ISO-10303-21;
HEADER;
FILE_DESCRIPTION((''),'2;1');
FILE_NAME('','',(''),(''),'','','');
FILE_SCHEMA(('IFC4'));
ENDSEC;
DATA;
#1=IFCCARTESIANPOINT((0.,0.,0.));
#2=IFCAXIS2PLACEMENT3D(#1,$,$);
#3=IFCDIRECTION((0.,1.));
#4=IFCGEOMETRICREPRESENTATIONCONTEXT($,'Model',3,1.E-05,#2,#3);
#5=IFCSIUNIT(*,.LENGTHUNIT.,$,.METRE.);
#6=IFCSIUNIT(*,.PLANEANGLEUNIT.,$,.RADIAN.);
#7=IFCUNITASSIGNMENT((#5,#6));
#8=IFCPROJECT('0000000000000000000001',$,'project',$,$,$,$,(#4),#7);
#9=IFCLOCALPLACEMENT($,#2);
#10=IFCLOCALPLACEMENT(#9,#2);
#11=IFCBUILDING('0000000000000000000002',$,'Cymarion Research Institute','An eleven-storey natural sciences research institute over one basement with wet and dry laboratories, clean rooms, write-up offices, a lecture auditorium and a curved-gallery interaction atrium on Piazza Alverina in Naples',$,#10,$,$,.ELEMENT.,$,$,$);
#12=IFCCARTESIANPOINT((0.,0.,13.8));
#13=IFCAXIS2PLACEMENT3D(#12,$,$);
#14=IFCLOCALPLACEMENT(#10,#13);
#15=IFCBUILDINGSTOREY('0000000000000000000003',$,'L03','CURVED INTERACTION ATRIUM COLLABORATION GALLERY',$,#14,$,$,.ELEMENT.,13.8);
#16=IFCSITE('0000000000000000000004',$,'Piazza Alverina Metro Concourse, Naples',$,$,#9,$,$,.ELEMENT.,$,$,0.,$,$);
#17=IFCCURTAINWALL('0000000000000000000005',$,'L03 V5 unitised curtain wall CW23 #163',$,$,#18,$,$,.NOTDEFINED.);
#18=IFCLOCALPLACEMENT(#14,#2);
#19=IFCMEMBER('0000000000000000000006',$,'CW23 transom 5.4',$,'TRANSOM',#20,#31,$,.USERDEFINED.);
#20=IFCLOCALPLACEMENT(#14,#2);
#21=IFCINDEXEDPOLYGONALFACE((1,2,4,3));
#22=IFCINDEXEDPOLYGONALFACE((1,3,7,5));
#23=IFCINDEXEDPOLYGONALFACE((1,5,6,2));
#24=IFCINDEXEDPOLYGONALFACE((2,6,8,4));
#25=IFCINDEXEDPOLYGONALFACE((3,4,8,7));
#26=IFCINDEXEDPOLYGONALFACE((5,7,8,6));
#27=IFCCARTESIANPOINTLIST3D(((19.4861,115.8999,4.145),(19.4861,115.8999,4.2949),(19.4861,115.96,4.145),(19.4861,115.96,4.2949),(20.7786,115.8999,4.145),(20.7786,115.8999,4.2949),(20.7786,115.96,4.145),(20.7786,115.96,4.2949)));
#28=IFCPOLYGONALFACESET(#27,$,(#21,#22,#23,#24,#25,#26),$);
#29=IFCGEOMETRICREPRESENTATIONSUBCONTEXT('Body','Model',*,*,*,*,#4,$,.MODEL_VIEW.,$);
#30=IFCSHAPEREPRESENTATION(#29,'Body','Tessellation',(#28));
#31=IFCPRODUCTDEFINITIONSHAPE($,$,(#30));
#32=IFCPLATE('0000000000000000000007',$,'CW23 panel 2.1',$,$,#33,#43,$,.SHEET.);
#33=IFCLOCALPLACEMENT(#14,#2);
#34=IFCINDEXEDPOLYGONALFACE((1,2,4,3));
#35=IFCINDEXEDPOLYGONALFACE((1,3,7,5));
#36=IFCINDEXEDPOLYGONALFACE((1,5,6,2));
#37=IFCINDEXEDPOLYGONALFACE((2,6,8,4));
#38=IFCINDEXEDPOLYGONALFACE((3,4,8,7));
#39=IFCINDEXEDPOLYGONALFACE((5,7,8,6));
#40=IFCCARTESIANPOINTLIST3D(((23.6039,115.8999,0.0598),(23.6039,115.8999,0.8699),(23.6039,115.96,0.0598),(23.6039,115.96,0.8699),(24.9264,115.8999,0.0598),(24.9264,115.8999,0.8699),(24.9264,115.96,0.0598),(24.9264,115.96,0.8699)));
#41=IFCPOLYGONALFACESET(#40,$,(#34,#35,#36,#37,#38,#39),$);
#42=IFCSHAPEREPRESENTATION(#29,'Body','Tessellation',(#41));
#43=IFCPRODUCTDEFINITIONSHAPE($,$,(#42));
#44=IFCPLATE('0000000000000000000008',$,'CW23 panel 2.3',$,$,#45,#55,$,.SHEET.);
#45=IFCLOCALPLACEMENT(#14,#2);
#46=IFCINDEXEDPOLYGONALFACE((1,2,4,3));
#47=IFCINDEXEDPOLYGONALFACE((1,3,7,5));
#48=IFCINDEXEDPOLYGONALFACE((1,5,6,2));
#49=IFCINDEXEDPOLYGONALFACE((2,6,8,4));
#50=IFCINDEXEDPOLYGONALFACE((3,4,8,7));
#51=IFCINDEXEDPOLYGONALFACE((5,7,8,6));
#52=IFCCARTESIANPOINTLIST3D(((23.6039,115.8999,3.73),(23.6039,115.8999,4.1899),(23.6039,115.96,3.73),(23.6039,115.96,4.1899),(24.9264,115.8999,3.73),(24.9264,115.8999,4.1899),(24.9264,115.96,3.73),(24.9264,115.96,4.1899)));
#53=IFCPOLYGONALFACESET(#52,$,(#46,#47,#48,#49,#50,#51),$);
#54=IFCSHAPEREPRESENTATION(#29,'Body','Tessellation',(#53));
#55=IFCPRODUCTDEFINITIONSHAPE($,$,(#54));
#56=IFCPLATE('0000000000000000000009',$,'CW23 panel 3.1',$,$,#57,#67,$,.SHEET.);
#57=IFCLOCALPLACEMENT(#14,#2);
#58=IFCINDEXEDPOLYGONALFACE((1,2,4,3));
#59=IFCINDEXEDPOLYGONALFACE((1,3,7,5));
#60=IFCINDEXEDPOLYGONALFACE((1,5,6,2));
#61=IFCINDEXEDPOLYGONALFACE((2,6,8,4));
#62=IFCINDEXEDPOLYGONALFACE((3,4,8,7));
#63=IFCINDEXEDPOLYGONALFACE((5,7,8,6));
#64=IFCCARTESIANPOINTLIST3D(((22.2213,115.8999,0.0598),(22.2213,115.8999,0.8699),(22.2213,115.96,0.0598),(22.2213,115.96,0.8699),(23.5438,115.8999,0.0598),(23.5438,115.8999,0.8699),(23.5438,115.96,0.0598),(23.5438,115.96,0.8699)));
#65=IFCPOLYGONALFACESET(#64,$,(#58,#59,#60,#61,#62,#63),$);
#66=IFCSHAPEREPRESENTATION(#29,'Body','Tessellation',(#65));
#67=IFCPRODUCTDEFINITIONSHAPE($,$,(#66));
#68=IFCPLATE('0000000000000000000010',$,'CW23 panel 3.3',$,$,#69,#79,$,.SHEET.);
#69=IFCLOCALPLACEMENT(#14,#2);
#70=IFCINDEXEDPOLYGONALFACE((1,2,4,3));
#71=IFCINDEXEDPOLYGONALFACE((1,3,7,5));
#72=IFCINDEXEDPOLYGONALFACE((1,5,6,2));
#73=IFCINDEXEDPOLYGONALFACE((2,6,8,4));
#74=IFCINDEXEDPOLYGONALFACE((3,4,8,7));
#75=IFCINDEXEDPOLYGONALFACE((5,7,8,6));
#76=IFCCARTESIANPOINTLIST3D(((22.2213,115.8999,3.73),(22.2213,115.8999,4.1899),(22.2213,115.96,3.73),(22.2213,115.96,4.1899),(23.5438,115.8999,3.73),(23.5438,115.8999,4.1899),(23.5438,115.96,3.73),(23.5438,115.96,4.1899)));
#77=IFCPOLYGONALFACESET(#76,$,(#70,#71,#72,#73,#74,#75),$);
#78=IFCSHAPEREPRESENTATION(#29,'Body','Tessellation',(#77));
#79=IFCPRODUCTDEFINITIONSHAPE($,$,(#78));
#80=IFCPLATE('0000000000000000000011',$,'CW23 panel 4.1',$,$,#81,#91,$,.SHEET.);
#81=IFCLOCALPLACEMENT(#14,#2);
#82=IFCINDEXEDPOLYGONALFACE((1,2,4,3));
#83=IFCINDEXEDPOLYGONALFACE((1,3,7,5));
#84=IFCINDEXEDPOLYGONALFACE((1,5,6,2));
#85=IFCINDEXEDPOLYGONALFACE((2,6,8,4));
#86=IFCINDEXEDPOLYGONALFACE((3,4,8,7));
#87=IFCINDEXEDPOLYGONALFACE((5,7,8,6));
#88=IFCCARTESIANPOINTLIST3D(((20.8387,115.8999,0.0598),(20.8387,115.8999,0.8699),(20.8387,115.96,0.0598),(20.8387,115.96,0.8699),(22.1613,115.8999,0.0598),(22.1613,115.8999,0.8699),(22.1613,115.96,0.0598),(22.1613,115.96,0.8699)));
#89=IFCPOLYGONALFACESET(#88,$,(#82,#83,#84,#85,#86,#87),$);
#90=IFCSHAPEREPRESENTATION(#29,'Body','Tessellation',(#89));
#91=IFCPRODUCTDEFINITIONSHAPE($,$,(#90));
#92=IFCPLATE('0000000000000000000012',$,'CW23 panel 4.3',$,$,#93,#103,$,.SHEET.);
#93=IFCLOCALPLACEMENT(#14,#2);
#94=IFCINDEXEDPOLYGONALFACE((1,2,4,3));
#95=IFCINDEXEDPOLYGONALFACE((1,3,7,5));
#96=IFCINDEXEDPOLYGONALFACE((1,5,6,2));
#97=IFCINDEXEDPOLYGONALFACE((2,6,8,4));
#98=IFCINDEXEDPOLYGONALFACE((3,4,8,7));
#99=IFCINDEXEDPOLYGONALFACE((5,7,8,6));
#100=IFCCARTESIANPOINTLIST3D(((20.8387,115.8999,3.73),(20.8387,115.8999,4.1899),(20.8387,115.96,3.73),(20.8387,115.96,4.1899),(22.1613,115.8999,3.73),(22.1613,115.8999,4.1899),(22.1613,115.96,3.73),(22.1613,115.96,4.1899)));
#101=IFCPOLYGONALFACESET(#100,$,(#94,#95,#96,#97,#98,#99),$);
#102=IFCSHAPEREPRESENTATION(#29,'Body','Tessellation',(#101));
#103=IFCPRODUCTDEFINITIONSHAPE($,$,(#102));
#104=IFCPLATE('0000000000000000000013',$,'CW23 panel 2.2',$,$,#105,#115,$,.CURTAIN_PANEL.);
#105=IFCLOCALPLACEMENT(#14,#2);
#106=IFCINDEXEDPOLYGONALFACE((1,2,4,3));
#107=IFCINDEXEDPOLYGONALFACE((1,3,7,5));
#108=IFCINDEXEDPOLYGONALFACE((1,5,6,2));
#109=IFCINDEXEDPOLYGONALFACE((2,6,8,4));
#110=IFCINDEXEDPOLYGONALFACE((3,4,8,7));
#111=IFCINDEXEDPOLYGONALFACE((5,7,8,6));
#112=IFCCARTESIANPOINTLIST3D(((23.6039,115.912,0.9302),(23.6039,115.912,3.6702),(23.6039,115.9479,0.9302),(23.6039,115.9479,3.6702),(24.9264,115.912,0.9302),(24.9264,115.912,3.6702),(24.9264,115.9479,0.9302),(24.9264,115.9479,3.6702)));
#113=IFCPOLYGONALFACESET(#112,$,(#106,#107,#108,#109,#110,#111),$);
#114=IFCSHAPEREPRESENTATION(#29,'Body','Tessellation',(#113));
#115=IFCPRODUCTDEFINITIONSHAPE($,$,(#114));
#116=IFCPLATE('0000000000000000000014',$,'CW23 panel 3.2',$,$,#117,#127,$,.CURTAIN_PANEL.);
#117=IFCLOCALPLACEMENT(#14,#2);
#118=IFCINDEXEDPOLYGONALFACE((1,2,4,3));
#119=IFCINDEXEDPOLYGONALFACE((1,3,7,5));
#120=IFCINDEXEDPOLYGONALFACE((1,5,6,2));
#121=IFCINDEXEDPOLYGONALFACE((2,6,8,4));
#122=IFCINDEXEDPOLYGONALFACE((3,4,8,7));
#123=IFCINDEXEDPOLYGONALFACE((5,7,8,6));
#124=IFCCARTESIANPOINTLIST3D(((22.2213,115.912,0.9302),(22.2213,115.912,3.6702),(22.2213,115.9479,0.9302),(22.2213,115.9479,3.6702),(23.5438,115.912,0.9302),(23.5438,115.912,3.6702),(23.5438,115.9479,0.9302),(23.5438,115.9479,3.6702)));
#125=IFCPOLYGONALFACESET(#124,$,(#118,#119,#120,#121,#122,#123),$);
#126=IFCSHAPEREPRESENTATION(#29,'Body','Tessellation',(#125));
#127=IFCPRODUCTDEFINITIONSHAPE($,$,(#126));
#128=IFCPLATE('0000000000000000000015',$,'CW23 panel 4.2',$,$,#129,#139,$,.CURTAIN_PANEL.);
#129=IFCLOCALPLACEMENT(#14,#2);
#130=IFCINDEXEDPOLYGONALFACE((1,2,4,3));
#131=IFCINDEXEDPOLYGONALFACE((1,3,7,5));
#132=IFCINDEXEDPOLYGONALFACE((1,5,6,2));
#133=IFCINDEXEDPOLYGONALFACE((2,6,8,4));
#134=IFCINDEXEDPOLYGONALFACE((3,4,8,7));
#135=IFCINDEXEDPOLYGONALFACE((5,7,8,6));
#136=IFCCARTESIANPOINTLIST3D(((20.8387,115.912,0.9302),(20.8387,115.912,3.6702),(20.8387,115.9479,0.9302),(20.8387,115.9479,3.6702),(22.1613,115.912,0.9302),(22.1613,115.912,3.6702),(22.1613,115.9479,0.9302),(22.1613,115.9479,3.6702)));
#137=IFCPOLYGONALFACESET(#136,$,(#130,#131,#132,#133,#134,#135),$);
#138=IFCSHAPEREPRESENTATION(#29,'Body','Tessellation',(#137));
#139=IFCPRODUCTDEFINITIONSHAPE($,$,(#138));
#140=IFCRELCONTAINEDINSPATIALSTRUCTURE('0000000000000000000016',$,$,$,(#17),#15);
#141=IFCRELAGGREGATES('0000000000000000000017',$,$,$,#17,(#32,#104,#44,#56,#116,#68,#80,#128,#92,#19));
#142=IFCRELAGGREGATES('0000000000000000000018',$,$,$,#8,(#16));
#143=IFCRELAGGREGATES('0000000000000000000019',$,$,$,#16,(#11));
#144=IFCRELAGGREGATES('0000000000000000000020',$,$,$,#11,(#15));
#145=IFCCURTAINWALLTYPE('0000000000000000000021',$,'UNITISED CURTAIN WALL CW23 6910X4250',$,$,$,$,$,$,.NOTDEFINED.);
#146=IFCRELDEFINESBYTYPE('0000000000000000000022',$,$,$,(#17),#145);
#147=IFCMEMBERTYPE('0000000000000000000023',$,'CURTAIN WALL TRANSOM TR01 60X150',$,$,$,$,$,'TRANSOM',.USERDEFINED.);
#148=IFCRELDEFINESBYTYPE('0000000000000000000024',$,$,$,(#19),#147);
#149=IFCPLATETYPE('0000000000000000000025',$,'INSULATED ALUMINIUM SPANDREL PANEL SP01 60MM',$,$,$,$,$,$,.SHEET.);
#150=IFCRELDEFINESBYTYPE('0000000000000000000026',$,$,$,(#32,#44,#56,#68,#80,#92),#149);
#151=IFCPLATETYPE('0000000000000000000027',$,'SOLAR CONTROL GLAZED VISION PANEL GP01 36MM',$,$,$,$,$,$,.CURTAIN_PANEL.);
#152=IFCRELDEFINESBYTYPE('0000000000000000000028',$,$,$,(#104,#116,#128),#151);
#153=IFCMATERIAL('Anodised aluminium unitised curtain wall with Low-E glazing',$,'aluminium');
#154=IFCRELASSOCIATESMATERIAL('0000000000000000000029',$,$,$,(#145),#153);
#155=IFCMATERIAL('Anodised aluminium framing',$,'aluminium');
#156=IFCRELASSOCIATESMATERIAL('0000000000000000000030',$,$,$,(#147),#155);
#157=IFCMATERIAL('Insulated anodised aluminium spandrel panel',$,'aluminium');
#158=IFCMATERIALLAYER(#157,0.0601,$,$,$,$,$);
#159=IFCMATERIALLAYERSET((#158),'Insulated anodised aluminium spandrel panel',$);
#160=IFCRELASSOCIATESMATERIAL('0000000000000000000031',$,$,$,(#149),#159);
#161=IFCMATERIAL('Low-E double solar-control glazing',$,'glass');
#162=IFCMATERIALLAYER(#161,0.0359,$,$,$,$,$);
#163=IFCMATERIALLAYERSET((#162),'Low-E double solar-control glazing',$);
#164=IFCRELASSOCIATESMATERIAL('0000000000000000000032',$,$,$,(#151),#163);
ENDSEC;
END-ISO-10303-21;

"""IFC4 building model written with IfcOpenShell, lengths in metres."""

from ifc_helpers import new_model, si_unit, direction, frame, origin, origin_2d, place, context, subcontext, project, spatial, rectangle, extrude, material, layer, layer_set, material_profile, profile_set, type_object, element, aggregate, save


model = new_model("IFC4")

# Units and contexts
model_context = context("Model", 3, precision=1e-05, world=origin(), true_north=direction((0.0, 1.0)))
body_context = subcontext(model_context, "Body", "Model", "MODEL_VIEW")
ifc_project = project(units=[si_unit("LENGTHUNIT", "METRE"), si_unit("PLANEANGLEUNIT", "RADIAN")], contexts=[model_context])

# Site, building, storey
site_placement = place(None, origin())
site = spatial("IfcSite", under=ifc_project, at=site_placement, Name="Piazza Alverina Metro Concourse, Naples", CompositionType="ELEMENT", RefElevation=0.0)
building_placement = place(site_placement, origin())
building = spatial("IfcBuilding", under=site, at=building_placement, Name="Cymarion Research Institute", Description="An eleven-storey natural sciences research institute over one basement with wet and dry laboratories, clean rooms, write-up offices, a lecture auditorium and a curved-gallery interaction atrium on Piazza Alverina in Naples", CompositionType="ELEMENT")
storey_placement = place(building_placement, frame((0.0, 0.0, 13.8)))
storey = spatial("IfcBuildingStorey", under=building, at=storey_placement, Name="L03", Description="CURVED INTERACTION ATRIUM COLLABORATION GALLERY", CompositionType="ELEMENT", Elevation=13.8)

# Curtain wall, member, plates
ifc_material_1 = material(Name="Anodised aluminium unitised curtain wall with Low-E glazing", Category="aluminium")
curtain_wall_type = type_object("IfcCurtainWallType", Name="UNITISED CURTAIN WALL CW23 6910X4250", PredefinedType="NOTDEFINED", material=ifc_material_1)
curtain_wall_placement = place(storey_placement, origin())
curtain_wall = element("IfcCurtainWall", 1, at=curtain_wall_placement, inside=storey, type_object=curtain_wall_type, Name="L03 V5 unitised curtain wall CW23 #163", PredefinedType="NOTDEFINED")
ifc_material_2 = material(Name="Anodised aluminium framing", Category="aluminium")
ifc_material_profile_1 = material_profile(ifc_material_2, rectangle(XDim=0.0601, YDim=0.1499, at=origin_2d()), Name="ALU TRANSOM 60x150")
ifc_profile_set_1 = profile_set([ifc_material_profile_1], Name="Anodised aluminium framing")
member_type_1 = type_object("IfcMemberType", Name="CURTAIN WALL TRANSOM TR01 60X150", ElementType="TRANSOM", PredefinedType="USERDEFINED", material=ifc_profile_set_1)
member_1_placement = place(storey_placement, frame((20.7786, 115.9299, 4.22), z_axis=(-1.0, 0.0, 0.0), x_axis=(0.0, -1.0, 0.0)))
member_1 = element("IfcMember", 2, at=member_1_placement, type_object=member_type_1, Name="CW23 transom 5.4", ObjectType="TRANSOM", PredefinedType="USERDEFINED", context=body_context, shape_type="SweptSolid", body=[
    extrude(rectangle(XDim=0.0601, YDim=0.1499, at=origin_2d()), origin(), (0.0, 0.0, 1.0), 1.2925),
])
ifc_material_3 = material(Name="Insulated anodised aluminium spandrel panel", Category="aluminium")
ifc_layer_1 = layer(ifc_material_3, 0.0601)
ifc_layer_set_1 = layer_set([ifc_layer_1], Name="Insulated anodised aluminium spandrel panel")
plate_type_1 = type_object("IfcPlateType", Name="INSULATED ALUMINIUM SPANDREL PANEL SP01 60MM", PredefinedType="SHEET", material=ifc_layer_set_1)
plate_1_placement = place(storey_placement, frame((24.2651, 115.9299, 0.0598), z_axis=(0.0, 0.0, 1.0), x_axis=(-1.0, 0.0, 0.0)))
plate_1 = element("IfcPlate", 3, at=plate_1_placement, type_object=plate_type_1, Name="CW23 panel 2.1", PredefinedType="SHEET", context=body_context, shape_type="SweptSolid", body=[
    extrude(rectangle(XDim=1.3225, YDim=0.0601, at=origin_2d()), origin(), (0.0, 0.0, 1.0), 0.8101),
])
plate_2_placement = place(storey_placement, frame((24.2651, 115.9299, 3.73), z_axis=(0.0, 0.0, 1.0), x_axis=(-1.0, 0.0, 0.0)))
plate_2 = element("IfcPlate", 4, at=plate_2_placement, type_object=plate_type_1, Name="CW23 panel 2.3", PredefinedType="SHEET", context=body_context, shape_type="SweptSolid", body=[
    extrude(rectangle(XDim=1.3225, YDim=0.0601, at=origin_2d()), origin(), (0.0, 0.0, 1.0), 0.46),
])
plate_3_placement = place(storey_placement, frame((22.8826, 115.9299, 0.0598), z_axis=(0.0, 0.0, 1.0), x_axis=(-1.0, 0.0, 0.0)))
plate_3 = element("IfcPlate", 5, at=plate_3_placement, type_object=plate_type_1, Name="CW23 panel 3.1", PredefinedType="SHEET", context=body_context, shape_type="SweptSolid", body=[
    extrude(rectangle(XDim=1.3225, YDim=0.0601, at=origin_2d()), origin(), (0.0, 0.0, 1.0), 0.8101),
])
plate_4_placement = place(storey_placement, frame((22.8826, 115.9299, 3.73), z_axis=(0.0, 0.0, 1.0), x_axis=(-1.0, 0.0, 0.0)))
plate_4 = element("IfcPlate", 6, at=plate_4_placement, type_object=plate_type_1, Name="CW23 panel 3.3", PredefinedType="SHEET", context=body_context, shape_type="SweptSolid", body=[
    extrude(rectangle(XDim=1.3225, YDim=0.0601, at=origin_2d()), origin(), (0.0, 0.0, 1.0), 0.46),
])
plate_5_placement = place(storey_placement, frame((21.5, 115.9299, 0.0598), z_axis=(0.0, 0.0, 1.0), x_axis=(-1.0, 0.0, 0.0)))
plate_5 = element("IfcPlate", 7, at=plate_5_placement, type_object=plate_type_1, Name="CW23 panel 4.1", PredefinedType="SHEET", context=body_context, shape_type="SweptSolid", body=[
    extrude(rectangle(XDim=1.3225, YDim=0.0601, at=origin_2d()), origin(), (0.0, 0.0, 1.0), 0.8101),
])
plate_6_placement = place(storey_placement, frame((21.5, 115.9299, 3.73), z_axis=(0.0, 0.0, 1.0), x_axis=(-1.0, 0.0, 0.0)))
plate_6 = element("IfcPlate", 8, at=plate_6_placement, type_object=plate_type_1, Name="CW23 panel 4.3", PredefinedType="SHEET", context=body_context, shape_type="SweptSolid", body=[
    extrude(rectangle(XDim=1.3225, YDim=0.0601, at=origin_2d()), origin(), (0.0, 0.0, 1.0), 0.46),
])
ifc_material_4 = material(Name="Low-E double solar-control glazing", Category="glass")
ifc_layer_2 = layer(ifc_material_4, 0.0359)
ifc_layer_set_2 = layer_set([ifc_layer_2], Name="Low-E double solar-control glazing")
plate_type_2 = type_object("IfcPlateType", Name="SOLAR CONTROL GLAZED VISION PANEL GP01 36MM", PredefinedType="CURTAIN_PANEL", material=ifc_layer_set_2)
plate_7_placement = place(storey_placement, frame((24.2651, 115.9299, 0.9302), z_axis=(0.0, 0.0, 1.0), x_axis=(-1.0, 0.0, 0.0)))
plate_7 = element("IfcPlate", 9, at=plate_7_placement, type_object=plate_type_2, Name="CW23 panel 2.2", PredefinedType="CURTAIN_PANEL", context=body_context, shape_type="SweptSolid", body=[
    extrude(rectangle(XDim=1.3225, YDim=0.0359, at=origin_2d()), origin(), (0.0, 0.0, 1.0), 2.74),
])
plate_8_placement = place(storey_placement, frame((22.8826, 115.9299, 0.9302), z_axis=(0.0, 0.0, 1.0), x_axis=(-1.0, 0.0, 0.0)))
plate_8 = element("IfcPlate", 10, at=plate_8_placement, type_object=plate_type_2, Name="CW23 panel 3.2", PredefinedType="CURTAIN_PANEL", context=body_context, shape_type="SweptSolid", body=[
    extrude(rectangle(XDim=1.3225, YDim=0.0359, at=origin_2d()), origin(), (0.0, 0.0, 1.0), 2.74),
])
plate_9_placement = place(storey_placement, frame((21.5, 115.9299, 0.9302), z_axis=(0.0, 0.0, 1.0), x_axis=(-1.0, 0.0, 0.0)))
plate_9 = element("IfcPlate", 11, at=plate_9_placement, type_object=plate_type_2, Name="CW23 panel 4.2", PredefinedType="CURTAIN_PANEL", context=body_context, shape_type="SweptSolid", body=[
    extrude(rectangle(XDim=1.3225, YDim=0.0359, at=origin_2d()), origin(), (0.0, 0.0, 1.0), 2.74),
])
aggregate(curtain_wall, [plate_1, plate_7, plate_2, plate_3, plate_8, plate_4, plate_5, plate_9, plate_6, member_1])

save(model, "model.ifc")
